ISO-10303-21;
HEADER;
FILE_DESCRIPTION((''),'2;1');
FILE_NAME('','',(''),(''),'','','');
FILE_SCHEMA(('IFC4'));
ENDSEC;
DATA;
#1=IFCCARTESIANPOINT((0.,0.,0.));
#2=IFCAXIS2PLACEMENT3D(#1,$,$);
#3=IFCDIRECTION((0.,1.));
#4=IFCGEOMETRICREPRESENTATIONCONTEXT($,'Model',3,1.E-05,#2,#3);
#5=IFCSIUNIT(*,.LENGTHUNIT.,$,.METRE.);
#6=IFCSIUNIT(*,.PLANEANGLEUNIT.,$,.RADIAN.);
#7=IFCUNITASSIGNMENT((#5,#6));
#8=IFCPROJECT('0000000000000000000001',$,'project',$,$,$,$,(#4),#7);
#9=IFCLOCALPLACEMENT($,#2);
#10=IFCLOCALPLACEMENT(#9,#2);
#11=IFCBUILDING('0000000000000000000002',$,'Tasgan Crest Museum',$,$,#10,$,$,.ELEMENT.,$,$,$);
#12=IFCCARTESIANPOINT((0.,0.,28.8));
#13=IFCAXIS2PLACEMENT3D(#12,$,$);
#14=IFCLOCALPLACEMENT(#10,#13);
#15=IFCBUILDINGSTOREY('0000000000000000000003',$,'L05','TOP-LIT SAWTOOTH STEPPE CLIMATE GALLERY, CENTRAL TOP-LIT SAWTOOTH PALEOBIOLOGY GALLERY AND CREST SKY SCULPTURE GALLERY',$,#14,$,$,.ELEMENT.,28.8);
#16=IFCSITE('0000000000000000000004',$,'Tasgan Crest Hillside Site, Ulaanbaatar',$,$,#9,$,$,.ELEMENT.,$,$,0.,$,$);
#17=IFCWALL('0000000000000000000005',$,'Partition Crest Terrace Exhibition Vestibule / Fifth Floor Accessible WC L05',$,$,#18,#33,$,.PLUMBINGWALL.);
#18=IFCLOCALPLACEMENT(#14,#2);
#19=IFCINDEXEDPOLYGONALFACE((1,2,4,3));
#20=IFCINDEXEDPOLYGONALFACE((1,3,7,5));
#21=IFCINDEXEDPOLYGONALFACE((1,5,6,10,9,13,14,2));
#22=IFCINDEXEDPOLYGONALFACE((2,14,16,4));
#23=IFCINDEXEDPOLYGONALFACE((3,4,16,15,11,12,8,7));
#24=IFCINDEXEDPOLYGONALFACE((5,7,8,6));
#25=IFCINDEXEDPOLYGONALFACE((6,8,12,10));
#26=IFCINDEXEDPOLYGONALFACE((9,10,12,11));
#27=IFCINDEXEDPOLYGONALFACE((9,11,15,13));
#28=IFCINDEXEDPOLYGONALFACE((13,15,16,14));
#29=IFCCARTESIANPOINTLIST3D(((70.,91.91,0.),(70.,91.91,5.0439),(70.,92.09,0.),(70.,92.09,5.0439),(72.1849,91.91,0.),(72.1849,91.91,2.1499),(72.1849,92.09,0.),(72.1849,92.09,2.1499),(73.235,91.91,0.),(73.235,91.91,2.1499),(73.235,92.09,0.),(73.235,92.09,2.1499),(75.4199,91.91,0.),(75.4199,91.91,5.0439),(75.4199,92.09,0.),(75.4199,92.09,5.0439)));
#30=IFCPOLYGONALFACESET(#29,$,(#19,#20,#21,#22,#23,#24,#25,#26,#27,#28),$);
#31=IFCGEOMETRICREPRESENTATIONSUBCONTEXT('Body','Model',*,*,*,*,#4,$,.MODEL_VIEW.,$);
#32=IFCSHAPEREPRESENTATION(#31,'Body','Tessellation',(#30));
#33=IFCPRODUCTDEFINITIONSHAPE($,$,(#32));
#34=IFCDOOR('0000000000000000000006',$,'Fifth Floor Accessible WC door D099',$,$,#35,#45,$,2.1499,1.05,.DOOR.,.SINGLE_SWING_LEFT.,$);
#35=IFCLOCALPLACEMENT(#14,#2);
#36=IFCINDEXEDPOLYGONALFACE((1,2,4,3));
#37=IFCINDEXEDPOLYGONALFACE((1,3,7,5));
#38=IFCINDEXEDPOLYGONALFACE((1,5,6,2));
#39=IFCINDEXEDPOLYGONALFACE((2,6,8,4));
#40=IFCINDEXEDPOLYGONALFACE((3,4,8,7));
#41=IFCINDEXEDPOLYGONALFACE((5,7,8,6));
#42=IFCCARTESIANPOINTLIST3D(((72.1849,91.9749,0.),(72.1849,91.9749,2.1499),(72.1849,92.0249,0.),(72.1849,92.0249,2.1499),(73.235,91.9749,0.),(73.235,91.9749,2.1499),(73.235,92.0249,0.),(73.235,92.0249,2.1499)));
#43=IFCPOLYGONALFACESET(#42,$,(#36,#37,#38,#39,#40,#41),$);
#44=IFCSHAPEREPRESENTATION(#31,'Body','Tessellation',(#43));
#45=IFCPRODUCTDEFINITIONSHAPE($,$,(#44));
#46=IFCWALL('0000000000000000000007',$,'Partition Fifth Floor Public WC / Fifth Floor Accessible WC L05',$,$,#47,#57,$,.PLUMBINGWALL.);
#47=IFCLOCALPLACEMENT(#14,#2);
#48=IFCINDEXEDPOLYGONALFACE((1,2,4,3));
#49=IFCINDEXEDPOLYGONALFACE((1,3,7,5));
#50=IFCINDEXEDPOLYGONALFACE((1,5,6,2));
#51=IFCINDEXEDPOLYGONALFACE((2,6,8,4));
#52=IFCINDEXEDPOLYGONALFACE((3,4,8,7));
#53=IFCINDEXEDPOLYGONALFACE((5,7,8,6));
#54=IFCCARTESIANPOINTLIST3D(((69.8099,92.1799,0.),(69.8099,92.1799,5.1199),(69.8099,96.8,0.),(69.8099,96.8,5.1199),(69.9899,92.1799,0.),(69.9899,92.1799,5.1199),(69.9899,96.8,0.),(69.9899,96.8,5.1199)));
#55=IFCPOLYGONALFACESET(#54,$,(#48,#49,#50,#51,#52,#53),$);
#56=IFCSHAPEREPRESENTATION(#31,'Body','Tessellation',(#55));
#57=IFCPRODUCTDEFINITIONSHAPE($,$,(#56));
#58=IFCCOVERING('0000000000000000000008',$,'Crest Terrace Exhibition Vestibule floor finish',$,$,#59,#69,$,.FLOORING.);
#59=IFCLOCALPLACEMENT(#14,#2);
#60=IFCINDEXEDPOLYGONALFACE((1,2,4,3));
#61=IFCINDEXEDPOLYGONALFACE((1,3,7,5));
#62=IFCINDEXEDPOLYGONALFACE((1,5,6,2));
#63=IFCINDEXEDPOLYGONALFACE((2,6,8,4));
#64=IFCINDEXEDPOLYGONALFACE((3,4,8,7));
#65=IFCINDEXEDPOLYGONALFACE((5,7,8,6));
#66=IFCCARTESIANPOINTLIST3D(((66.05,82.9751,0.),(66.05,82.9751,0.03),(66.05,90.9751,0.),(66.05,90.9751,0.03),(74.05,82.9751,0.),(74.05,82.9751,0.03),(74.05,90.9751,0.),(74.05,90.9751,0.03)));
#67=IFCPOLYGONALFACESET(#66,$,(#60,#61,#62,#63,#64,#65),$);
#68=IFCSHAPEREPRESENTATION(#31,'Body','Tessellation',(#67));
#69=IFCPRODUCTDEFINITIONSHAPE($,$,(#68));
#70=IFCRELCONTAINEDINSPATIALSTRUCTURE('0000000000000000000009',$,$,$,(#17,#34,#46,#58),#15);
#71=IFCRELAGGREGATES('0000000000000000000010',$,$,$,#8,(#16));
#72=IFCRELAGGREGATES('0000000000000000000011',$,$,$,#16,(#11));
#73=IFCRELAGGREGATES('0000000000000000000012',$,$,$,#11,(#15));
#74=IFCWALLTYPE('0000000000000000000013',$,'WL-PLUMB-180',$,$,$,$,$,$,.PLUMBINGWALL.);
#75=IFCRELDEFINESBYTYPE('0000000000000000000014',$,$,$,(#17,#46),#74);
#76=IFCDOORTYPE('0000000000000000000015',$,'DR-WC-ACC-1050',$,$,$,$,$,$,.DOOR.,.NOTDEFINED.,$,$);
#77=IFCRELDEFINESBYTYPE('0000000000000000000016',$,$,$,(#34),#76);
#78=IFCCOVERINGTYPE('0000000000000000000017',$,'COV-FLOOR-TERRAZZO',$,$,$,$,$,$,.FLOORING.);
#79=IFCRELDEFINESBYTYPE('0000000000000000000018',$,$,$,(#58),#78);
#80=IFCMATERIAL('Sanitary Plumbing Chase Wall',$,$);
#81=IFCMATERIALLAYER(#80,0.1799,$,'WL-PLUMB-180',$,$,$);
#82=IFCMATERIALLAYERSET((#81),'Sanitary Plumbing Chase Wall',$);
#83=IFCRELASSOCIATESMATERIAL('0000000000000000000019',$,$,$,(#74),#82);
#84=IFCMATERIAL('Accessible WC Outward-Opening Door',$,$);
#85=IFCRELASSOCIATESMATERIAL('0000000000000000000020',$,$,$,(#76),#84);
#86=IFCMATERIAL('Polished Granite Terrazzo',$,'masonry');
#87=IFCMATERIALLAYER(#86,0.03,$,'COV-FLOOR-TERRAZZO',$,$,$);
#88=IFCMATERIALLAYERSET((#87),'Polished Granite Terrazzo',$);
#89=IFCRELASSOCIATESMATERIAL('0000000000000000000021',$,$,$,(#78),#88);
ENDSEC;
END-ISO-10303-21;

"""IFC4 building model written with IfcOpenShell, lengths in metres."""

from ifc_helpers import new_model, si_unit, direction, frame, frame_2d, origin, origin_2d, place, context, subcontext, project, spatial, rectangle, extrude, material, layer, layer_set, type_object, element, fill, save


model = new_model("IFC4")

# Units and contexts
model_context = context("Model", 3, precision=1e-05, world=origin(), true_north=direction((0.0, 1.0)))
body_context = subcontext(model_context, "Body", "Model", "MODEL_VIEW")
ifc_project = project(units=[si_unit("LENGTHUNIT", "METRE"), si_unit("PLANEANGLEUNIT", "RADIAN")], contexts=[model_context])

# Site, building, storey
site_placement = place(None, origin())
site = spatial("IfcSite", under=ifc_project, at=site_placement, Name="Tasgan Crest Hillside Site, Ulaanbaatar", CompositionType="ELEMENT", RefElevation=0.0)
building_placement = place(site_placement, origin())
building = spatial("IfcBuilding", under=site, at=building_placement, Name="Tasgan Crest Museum", CompositionType="ELEMENT")
storey_placement = place(building_placement, frame((0.0, 0.0, 28.8)))
storey = spatial("IfcBuildingStorey", under=building, at=storey_placement, Name="L05", Description="TOP-LIT SAWTOOTH STEPPE CLIMATE GALLERY, CENTRAL TOP-LIT SAWTOOTH PALEOBIOLOGY GALLERY AND CREST SKY SCULPTURE GALLERY", CompositionType="ELEMENT", Elevation=28.8)

# Wall, opening, door
ifc_material_1 = material(Name="Sanitary Plumbing Chase Wall")
ifc_layer_1 = layer(ifc_material_1, 0.1799, Name="WL-PLUMB-180")
ifc_layer_set_1 = layer_set([ifc_layer_1], Name="Sanitary Plumbing Chase Wall")
wall_type_1 = type_object("IfcWallType", Name="WL-PLUMB-180", PredefinedType="PLUMBINGWALL", material=ifc_layer_set_1)
wall_1_placement = place(storey_placement, frame((70.0, 92.0, 0.0), z_axis=(0.0, 0.0, 1.0), x_axis=(1.0, 0.0, 0.0)))
wall_1 = element("IfcWall", 1, at=wall_1_placement, inside=storey, type_object=wall_type_1, Name="Partition Crest Terrace Exhibition Vestibule / Fifth Floor Accessible WC L05", PredefinedType="PLUMBINGWALL", context=body_context, shape_type="SweptSolid", body=[
    extrude(rectangle(XDim=5.4199, YDim=0.1799, at=frame_2d((2.71, 0.0))), origin(), (0.0, 0.0, 1.0), 5.0439),
])
opening_placement = place(wall_1_placement, frame((2.1851, 0.0, 0.0)))
opening = element("IfcOpeningElement", 2, at=opening_placement, cuts=wall_1, PredefinedType="OPENING", context=body_context, shape_type="SweptSolid", body=[
    extrude(rectangle(XDim=1.05, YDim=2.1499, at=frame_2d((0.5249, 1.075))), frame((0.0, 0.0999, 0.0), z_axis=(0.0, -1.0, 0.0), x_axis=(1.0, 0.0, 0.0)), (0.0, 0.0, 1.0), 0.2),
])
ifc_material_2 = material(Name="Accessible WC Outward-Opening Door")
door_type = type_object("IfcDoorType", Name="DR-WC-ACC-1050", OperationType="NOTDEFINED", PredefinedType="DOOR", material=ifc_material_2)
door_placement = place(opening_placement, origin())
door = element("IfcDoor", 3, at=door_placement, inside=storey, type_object=door_type, Name="Fifth Floor Accessible WC door D099", OperationType="SINGLE_SWING_LEFT", OverallHeight=2.1499, OverallWidth=1.05, PredefinedType="DOOR", context=body_context, shape_type="SweptSolid", body=[
    extrude(rectangle(XDim=1.05, YDim=2.1499, at=frame_2d((0.5249, 1.075))), frame((0.0, 0.0249, 0.0), z_axis=(0.0, -1.0, 0.0), x_axis=(1.0, 0.0, 0.0)), (0.0, 0.0, 1.0), 0.05),
])
fill(opening, door)

# Wall
wall_2_placement = place(storey_placement, frame((69.8999, 92.1799, 0.0), z_axis=(0.0, 0.0, 1.0), x_axis=(0.0, 1.0, 0.0)))
element("IfcWall", 4, at=wall_2_placement, inside=storey, type_object=wall_type_1, Name="Partition Fifth Floor Public WC / Fifth Floor Accessible WC L05", PredefinedType="PLUMBINGWALL", context=body_context, shape_type="SweptSolid", body=[
    extrude(rectangle(XDim=4.6201, YDim=0.1799, at=frame_2d((2.3101, 0.0))), origin(), (0.0, 0.0, 1.0), 5.1199),
])

# Covering
ifc_material_3 = material(Name="Polished Granite Terrazzo", Category="masonry")
ifc_layer_2 = layer(ifc_material_3, 0.03, Name="COV-FLOOR-TERRAZZO")
ifc_layer_set_2 = layer_set([ifc_layer_2], Name="Polished Granite Terrazzo")
covering_type = type_object("IfcCoveringType", Name="COV-FLOOR-TERRAZZO", PredefinedType="FLOORING", material=ifc_layer_set_2)
covering_placement = place(storey_placement, frame((70.05, 86.9751, 0.0), z_axis=(0.0, 0.0, 1.0), x_axis=(1.0, 0.0, 0.0)))
element("IfcCovering", 5, at=covering_placement, inside=storey, type_object=covering_type, Name="Crest Terrace Exhibition Vestibule floor finish", PredefinedType="FLOORING", context=body_context, shape_type="SweptSolid", body=[
    extrude(rectangle(XDim=8.0, YDim=8.0, at=origin_2d()), origin(), (0.0, 0.0, 1.0), 0.03),
])

save(model, "model.ifc")
